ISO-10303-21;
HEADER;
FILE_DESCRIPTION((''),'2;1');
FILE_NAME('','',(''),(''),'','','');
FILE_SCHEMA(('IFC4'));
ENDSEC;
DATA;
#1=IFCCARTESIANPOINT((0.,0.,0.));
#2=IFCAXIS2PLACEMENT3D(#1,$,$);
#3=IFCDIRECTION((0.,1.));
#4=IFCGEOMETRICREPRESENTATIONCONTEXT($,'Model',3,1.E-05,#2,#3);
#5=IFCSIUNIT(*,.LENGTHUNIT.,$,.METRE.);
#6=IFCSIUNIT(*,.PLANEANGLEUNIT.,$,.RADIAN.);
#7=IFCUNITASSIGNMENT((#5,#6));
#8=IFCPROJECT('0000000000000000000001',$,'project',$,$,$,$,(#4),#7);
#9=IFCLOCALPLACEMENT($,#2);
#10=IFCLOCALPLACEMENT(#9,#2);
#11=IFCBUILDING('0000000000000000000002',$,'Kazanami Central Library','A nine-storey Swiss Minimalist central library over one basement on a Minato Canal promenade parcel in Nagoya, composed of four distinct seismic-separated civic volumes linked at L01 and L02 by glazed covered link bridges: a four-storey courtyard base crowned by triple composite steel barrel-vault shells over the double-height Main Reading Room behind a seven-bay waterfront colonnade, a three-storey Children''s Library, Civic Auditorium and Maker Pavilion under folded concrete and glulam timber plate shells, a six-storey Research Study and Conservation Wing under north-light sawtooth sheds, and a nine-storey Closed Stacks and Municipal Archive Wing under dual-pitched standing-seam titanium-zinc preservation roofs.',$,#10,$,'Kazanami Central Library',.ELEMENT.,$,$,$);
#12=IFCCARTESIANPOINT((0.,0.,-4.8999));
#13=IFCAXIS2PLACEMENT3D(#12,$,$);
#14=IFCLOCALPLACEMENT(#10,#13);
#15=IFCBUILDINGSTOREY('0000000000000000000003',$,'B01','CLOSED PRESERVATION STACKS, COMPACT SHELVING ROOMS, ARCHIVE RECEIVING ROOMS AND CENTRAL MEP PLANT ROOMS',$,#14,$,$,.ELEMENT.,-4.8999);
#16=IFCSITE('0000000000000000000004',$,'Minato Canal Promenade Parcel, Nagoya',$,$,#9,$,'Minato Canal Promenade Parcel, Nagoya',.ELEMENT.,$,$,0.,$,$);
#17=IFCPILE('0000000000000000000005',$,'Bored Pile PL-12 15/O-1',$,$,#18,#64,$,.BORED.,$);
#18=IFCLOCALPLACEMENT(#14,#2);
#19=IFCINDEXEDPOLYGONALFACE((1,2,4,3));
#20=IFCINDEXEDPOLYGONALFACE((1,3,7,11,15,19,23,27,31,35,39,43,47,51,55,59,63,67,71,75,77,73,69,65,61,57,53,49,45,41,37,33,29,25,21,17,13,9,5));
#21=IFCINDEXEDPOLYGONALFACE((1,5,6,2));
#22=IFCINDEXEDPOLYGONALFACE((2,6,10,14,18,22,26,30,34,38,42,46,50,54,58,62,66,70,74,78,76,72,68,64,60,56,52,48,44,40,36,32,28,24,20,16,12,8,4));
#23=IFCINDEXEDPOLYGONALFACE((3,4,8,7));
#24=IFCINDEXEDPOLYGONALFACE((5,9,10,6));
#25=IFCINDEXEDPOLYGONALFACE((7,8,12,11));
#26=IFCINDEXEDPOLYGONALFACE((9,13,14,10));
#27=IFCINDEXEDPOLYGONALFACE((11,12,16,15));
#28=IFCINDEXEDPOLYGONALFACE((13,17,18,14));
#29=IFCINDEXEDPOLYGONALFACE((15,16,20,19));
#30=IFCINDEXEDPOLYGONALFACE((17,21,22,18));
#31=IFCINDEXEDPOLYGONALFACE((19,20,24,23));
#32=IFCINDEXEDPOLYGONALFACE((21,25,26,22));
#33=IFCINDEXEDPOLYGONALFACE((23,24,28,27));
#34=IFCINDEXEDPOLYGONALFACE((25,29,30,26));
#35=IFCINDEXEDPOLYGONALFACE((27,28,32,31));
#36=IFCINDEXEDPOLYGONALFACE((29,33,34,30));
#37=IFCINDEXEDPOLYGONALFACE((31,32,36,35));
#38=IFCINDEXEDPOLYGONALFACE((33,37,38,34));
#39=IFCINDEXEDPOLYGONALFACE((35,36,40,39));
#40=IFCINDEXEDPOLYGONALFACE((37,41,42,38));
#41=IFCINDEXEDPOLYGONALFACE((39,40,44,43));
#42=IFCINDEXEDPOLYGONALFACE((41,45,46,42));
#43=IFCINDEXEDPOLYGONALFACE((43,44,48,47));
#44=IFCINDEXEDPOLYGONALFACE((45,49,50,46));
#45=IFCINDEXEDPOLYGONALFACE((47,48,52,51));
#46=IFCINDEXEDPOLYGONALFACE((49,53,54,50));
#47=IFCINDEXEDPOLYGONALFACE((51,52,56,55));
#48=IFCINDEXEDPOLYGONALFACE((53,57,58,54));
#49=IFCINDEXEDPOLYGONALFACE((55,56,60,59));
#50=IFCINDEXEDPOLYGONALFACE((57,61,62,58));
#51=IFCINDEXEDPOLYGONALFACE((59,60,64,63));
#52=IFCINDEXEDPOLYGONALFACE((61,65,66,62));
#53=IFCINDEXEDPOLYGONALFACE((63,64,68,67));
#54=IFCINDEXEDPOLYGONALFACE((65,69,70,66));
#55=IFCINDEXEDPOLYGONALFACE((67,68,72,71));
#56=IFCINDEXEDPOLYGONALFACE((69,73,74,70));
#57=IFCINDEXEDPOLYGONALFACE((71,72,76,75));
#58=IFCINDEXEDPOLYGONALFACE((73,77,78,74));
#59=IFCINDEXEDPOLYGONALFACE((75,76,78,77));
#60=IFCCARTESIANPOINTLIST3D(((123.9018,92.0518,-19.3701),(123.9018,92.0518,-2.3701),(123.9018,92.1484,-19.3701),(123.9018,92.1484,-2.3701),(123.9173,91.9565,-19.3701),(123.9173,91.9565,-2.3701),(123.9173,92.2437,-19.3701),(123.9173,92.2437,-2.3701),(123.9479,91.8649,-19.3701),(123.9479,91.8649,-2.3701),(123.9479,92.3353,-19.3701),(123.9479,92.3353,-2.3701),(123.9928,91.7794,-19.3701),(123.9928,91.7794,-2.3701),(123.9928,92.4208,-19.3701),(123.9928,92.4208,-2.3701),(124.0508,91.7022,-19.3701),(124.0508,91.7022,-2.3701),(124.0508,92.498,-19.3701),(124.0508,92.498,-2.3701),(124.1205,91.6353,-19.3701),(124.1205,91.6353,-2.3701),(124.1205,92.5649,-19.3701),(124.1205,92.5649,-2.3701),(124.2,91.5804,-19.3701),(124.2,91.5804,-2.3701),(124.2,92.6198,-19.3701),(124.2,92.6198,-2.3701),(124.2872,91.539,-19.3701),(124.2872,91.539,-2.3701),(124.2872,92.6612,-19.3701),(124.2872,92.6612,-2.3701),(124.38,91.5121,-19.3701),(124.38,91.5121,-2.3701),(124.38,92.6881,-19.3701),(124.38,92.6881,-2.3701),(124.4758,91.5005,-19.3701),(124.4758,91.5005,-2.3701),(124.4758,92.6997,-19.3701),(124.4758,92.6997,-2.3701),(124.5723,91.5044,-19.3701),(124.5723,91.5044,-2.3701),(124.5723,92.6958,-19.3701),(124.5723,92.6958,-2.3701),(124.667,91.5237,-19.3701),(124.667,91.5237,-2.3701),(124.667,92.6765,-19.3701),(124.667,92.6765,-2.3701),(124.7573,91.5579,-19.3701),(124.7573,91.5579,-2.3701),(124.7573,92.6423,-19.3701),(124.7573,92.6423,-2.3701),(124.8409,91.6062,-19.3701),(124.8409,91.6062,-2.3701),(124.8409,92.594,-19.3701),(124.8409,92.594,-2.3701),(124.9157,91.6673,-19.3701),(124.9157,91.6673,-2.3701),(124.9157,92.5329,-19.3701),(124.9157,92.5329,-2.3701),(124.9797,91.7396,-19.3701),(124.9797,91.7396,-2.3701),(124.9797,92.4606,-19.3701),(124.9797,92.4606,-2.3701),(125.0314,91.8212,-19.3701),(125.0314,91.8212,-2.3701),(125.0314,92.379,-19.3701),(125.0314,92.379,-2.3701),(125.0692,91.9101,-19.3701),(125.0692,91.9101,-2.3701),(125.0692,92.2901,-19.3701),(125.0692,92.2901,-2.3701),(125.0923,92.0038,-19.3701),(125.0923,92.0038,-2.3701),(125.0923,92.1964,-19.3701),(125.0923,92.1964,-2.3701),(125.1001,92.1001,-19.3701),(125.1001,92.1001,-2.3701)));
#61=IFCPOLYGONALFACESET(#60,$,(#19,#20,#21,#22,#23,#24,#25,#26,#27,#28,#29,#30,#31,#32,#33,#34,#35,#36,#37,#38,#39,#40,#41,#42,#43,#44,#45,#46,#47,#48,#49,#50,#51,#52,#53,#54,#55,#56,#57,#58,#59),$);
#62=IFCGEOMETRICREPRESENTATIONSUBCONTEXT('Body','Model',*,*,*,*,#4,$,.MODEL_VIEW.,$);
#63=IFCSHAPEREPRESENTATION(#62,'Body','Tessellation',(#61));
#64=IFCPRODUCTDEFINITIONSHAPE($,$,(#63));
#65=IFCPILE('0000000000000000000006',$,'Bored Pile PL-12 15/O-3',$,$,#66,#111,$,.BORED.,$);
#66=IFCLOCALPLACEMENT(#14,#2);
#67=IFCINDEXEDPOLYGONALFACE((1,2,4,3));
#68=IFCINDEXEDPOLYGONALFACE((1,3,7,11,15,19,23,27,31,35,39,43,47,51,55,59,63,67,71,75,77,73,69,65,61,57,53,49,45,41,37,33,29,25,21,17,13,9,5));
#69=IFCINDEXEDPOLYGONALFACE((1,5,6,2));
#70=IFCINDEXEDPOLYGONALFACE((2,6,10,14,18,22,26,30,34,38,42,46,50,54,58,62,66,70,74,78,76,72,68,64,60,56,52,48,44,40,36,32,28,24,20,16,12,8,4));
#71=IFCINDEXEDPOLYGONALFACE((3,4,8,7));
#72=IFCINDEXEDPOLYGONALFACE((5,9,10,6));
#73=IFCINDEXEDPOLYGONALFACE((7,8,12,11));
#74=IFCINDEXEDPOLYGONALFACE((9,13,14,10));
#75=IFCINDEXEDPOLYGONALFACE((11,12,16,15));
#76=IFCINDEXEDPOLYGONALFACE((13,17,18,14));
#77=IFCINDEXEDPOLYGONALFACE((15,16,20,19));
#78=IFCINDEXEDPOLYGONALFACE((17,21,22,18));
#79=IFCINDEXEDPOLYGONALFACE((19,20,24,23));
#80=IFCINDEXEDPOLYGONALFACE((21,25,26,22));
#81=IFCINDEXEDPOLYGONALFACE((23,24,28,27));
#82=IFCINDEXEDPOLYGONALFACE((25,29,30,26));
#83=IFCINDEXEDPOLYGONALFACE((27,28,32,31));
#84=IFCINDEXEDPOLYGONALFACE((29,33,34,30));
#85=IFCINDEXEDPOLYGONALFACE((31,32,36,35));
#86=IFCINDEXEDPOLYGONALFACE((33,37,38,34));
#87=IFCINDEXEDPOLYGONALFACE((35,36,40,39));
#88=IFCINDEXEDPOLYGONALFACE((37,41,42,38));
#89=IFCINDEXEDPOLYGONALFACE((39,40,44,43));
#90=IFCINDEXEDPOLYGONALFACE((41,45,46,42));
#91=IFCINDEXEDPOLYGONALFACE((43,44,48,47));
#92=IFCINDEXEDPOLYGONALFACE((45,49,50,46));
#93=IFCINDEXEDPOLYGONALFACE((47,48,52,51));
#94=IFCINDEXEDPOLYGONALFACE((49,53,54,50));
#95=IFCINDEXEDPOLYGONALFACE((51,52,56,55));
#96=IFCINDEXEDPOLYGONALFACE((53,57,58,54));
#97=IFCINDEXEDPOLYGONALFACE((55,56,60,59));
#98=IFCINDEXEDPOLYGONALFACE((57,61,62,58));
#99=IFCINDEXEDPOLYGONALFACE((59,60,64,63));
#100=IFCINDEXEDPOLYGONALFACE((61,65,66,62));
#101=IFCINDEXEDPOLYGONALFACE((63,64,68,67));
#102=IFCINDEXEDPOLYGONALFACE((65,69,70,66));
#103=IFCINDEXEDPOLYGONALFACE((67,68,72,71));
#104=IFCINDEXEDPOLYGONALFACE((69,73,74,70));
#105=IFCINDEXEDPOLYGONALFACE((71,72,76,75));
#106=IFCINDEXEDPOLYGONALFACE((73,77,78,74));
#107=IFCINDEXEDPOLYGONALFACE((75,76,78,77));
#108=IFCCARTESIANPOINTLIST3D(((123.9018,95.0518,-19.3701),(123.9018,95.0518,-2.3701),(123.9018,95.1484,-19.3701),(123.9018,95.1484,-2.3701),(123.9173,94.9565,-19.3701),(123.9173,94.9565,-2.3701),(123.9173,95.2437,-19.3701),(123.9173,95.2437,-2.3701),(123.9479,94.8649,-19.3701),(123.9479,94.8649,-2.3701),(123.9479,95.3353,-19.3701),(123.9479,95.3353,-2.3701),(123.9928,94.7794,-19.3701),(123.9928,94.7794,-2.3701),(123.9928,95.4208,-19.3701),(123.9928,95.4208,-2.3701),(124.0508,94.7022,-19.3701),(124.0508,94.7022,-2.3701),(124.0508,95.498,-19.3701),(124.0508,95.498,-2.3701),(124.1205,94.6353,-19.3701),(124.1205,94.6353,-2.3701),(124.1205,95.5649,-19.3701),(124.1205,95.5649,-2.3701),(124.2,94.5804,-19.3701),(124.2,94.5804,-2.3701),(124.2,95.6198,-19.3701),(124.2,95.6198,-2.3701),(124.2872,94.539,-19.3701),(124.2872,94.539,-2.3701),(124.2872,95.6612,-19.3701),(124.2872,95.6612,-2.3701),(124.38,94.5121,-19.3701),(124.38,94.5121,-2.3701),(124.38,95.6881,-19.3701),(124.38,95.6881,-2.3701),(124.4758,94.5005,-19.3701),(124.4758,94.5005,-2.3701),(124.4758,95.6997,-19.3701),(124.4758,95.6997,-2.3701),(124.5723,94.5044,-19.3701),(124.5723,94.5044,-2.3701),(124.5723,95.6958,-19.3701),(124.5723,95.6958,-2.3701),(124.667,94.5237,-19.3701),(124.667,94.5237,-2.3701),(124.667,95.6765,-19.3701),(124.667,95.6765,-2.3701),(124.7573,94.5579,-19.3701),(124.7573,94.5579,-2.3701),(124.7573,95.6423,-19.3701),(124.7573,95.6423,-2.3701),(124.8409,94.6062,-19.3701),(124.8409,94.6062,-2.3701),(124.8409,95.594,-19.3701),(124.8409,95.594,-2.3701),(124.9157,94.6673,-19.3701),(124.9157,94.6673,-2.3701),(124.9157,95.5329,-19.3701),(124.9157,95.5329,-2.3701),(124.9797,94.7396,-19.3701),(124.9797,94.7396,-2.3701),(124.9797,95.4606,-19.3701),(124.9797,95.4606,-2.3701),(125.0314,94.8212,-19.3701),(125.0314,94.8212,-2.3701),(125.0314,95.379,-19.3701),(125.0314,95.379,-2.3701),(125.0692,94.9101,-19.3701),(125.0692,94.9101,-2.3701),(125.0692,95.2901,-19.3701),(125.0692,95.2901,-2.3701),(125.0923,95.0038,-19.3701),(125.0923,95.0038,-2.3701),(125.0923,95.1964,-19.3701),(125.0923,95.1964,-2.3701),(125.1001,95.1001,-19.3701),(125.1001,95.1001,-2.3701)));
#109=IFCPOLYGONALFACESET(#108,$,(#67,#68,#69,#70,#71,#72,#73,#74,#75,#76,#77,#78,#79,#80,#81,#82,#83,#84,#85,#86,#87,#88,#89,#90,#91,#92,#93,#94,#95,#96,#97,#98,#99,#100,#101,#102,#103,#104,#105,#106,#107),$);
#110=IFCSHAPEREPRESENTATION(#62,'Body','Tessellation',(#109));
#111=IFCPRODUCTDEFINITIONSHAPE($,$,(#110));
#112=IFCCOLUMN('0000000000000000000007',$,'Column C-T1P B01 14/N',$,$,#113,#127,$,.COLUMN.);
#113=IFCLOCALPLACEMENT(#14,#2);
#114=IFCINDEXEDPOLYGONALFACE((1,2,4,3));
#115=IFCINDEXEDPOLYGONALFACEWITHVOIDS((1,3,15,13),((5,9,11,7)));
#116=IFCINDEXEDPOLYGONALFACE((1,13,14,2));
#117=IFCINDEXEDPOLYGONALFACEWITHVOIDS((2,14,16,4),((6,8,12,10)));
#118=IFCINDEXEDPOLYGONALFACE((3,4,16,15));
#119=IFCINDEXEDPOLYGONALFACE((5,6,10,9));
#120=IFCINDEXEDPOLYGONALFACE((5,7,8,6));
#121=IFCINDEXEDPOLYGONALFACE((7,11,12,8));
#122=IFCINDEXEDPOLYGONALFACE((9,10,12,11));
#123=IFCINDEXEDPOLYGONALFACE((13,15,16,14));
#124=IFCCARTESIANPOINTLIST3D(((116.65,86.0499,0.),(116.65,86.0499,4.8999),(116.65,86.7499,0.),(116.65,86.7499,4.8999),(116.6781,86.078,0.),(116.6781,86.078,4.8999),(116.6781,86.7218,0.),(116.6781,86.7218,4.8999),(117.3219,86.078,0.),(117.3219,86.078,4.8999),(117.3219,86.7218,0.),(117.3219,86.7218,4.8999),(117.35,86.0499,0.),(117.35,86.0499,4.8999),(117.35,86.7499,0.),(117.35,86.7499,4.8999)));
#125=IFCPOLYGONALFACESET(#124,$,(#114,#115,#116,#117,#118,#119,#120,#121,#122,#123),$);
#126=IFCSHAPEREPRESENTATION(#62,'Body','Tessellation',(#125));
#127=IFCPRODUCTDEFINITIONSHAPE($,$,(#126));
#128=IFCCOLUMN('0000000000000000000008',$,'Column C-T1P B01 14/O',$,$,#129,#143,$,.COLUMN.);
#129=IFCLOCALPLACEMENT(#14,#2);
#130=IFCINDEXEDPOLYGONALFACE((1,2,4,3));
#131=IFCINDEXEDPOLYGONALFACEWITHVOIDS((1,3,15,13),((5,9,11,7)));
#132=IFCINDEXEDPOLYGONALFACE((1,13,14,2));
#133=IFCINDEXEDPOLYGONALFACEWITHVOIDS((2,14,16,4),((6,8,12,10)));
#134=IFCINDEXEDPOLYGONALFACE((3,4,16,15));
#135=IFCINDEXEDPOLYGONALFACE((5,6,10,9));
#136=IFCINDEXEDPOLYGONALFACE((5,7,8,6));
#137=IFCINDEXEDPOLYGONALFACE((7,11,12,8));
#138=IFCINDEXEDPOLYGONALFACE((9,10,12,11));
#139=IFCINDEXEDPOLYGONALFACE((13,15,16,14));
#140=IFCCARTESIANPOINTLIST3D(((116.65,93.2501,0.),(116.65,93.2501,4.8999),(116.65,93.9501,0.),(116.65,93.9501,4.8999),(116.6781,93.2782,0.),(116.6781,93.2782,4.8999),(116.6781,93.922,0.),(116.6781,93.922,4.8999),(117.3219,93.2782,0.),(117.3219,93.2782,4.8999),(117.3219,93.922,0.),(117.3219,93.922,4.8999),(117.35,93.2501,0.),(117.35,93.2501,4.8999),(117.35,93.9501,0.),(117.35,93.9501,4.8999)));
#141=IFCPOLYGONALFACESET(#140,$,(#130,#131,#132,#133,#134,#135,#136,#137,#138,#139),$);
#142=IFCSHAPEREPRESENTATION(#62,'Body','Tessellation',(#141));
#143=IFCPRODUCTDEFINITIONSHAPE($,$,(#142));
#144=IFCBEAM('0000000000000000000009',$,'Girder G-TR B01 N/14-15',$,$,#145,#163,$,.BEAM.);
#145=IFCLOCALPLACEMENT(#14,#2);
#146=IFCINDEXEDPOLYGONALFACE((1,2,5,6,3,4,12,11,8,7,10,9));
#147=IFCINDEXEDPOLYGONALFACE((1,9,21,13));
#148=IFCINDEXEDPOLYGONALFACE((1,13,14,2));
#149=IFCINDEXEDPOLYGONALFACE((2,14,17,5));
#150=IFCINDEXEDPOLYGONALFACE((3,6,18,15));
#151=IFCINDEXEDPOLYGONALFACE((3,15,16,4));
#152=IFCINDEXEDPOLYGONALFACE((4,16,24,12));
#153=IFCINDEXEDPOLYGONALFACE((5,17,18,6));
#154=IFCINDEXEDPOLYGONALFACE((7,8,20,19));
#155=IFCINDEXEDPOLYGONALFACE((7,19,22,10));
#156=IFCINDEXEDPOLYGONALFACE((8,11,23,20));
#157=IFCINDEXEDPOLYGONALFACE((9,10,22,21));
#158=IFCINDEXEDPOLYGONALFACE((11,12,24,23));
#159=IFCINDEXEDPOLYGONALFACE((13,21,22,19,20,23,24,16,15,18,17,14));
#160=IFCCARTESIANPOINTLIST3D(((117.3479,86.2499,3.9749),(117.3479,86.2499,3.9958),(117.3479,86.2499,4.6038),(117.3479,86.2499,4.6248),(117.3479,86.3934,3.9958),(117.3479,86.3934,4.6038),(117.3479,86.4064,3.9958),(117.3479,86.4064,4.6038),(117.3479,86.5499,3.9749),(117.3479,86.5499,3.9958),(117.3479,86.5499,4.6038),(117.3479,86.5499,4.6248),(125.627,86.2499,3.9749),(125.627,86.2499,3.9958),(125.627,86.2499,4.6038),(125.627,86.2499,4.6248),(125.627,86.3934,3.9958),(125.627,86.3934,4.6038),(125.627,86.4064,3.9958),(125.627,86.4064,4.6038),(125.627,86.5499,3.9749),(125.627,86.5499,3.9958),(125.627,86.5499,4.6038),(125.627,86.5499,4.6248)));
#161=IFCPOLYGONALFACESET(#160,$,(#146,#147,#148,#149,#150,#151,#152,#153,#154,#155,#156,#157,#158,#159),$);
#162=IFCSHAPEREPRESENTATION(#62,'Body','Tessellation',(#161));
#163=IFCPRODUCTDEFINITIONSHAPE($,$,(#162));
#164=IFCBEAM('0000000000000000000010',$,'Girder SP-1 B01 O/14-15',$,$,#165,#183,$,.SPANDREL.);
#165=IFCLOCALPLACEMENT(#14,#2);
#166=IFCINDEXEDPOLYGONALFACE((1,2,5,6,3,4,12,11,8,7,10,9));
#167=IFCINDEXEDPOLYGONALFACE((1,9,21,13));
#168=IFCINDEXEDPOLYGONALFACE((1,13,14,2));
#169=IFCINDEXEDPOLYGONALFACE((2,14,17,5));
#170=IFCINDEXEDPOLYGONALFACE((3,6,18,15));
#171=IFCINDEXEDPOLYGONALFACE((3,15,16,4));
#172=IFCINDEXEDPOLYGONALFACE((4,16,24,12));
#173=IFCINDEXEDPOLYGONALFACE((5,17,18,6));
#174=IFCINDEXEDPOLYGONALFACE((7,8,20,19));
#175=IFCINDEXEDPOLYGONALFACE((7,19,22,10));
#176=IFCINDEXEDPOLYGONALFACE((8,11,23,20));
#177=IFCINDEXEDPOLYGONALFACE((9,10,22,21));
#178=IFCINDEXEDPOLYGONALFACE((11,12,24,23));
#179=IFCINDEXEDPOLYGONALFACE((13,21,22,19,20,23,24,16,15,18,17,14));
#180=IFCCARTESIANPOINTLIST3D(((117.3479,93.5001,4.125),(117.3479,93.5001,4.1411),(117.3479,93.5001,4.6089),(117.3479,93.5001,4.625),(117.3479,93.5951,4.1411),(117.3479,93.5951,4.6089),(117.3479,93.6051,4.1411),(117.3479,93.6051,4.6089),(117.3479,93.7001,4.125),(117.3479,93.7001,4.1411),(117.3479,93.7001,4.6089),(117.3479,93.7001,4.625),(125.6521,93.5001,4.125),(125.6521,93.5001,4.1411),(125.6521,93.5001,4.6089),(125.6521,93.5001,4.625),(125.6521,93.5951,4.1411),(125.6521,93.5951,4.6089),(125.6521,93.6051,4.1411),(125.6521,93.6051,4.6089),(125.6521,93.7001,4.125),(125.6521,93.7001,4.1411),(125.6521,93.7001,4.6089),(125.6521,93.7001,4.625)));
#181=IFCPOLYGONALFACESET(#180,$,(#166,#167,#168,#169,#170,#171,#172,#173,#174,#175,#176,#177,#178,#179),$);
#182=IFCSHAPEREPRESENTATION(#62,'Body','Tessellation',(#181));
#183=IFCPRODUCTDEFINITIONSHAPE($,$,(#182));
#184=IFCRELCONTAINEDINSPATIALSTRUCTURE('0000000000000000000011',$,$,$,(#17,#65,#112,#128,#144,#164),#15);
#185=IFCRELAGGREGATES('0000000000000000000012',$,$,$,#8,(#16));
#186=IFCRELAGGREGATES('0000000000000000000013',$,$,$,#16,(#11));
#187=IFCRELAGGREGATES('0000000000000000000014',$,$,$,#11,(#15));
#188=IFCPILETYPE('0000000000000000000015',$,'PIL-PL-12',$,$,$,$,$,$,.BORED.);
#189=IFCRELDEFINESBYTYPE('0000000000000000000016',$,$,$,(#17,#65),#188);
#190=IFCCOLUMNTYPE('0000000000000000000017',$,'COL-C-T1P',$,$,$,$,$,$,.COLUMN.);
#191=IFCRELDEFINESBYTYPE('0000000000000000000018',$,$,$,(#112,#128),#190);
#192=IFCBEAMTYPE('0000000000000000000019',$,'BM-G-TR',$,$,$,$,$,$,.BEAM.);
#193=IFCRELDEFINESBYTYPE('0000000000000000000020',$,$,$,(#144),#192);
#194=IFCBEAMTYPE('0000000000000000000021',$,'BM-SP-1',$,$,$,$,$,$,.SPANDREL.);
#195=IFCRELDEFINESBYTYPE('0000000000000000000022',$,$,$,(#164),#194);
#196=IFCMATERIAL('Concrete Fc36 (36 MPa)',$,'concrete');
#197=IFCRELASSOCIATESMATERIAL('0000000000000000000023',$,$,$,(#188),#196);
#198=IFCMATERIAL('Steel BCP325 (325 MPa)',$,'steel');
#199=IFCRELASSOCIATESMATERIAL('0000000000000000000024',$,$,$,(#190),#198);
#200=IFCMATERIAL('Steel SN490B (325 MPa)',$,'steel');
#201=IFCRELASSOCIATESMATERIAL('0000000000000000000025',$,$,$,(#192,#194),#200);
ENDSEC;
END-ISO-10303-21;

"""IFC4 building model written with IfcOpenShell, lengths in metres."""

from ifc_helpers import new_model, si_unit, direction, frame, origin, origin_2d, place, context, subcontext, project, spatial, hollow_rectangle, circle, i_section, extrude, material, material_profile, profile_set, type_object, element, save


model = new_model("IFC4")

# Units and contexts
model_context = context("Model", 3, precision=1e-05, world=origin(), true_north=direction((0.0, 1.0)))
body_context = subcontext(model_context, "Body", "Model", "MODEL_VIEW")
ifc_project = project(units=[si_unit("LENGTHUNIT", "METRE"), si_unit("PLANEANGLEUNIT", "RADIAN")], contexts=[model_context])

# Site, building, storey
site_placement = place(None, origin())
site = spatial("IfcSite", under=ifc_project, at=site_placement, Name="Minato Canal Promenade Parcel, Nagoya", LongName="Minato Canal Promenade Parcel, Nagoya", CompositionType="ELEMENT", RefElevation=0.0)
building_placement = place(site_placement, origin())
building = spatial("IfcBuilding", under=site, at=building_placement, Name="Kazanami Central Library", Description="A nine-storey Swiss Minimalist central library over one basement on a Minato Canal promenade parcel in Nagoya, composed of four distinct seismic-separated civic volumes linked at L01 and L02 by glazed covered link bridges: a four-storey courtyard base crowned by triple composite steel barrel-vault shells over the double-height Main Reading Room behind a seven-bay waterfront colonnade, a three-storey Children's Library, Civic Auditorium and Maker Pavilion under folded concrete and glulam timber plate shells, a six-storey Research Study and Conservation Wing under north-light sawtooth sheds, and a nine-storey Closed Stacks and Municipal Archive Wing under dual-pitched standing-seam titanium-zinc preservation roofs.", LongName="Kazanami Central Library", CompositionType="ELEMENT")
storey_placement = place(building_placement, frame((0.0, 0.0, -4.8999)))
storey = spatial("IfcBuildingStorey", under=building, at=storey_placement, Name="B01", Description="CLOSED PRESERVATION STACKS, COMPACT SHELVING ROOMS, ARCHIVE RECEIVING ROOMS AND CENTRAL MEP PLANT ROOMS", CompositionType="ELEMENT", Elevation=-4.8999)

# Shared definitions
ifc_material_1 = material(Name="Concrete Fc36 (36 MPa)", Category="concrete")

# Piles
ifc_material_profile_1 = material_profile(ifc_material_1, circle(Radius=0.6001, at=origin_2d()), Name="BORED-D1200")
ifc_profile_set_1 = profile_set([ifc_material_profile_1], Name="Concrete Fc36 (36 MPa)")
pile_type = type_object("IfcPileType", Name="PIL-PL-12", PredefinedType="BORED", material=ifc_profile_set_1)
for number, where, z_axis, x_axis, name in (
    (1, (124.5, 92.1001, -2.3701), (0.0, 0.0, -1.0), (1.0, 0.0, 0.0), "Bored Pile PL-12 15/O-1"),
    (2, (124.5, 95.1001, -2.3701), (0.0, 0.0, -1.0), (1.0, 0.0, 0.0), "Bored Pile PL-12 15/O-3"),
):
    element("IfcPile", number, at=place(storey_placement, frame(where, z_axis=z_axis, x_axis=x_axis)), inside=storey, type_object=pile_type, Name=name, PredefinedType="BORED", context=body_context, shape_type="SweptSolid", body=[
        extrude(circle(Radius=0.6001, at=origin_2d()), origin(), (0.0, 0.0, 1.0), 17.0),
    ])

# Columns
ifc_material_2 = material(Name="Steel BCP325 (325 MPa)", Category="steel")
ifc_material_profile_2 = material_profile(ifc_material_2, hollow_rectangle(XDim=0.7, YDim=0.7, WallThickness=0.0281, at=origin_2d()), Name="BCP-700x700x28")
ifc_profile_set_2 = profile_set([ifc_material_profile_2], Name="Steel BCP325 (325 MPa)")
column_type = type_object("IfcColumnType", Name="COL-C-T1P", PredefinedType="COLUMN", material=ifc_profile_set_2)
for number, where, z_axis, x_axis, name in (
    (3, (117.0, 86.3999, 0.0), (0.0, 0.0, 1.0), (1.0, 0.0, 0.0), "Column C-T1P B01 14/N"),
    (4, (117.0, 93.6001, 0.0), (0.0, 0.0, 1.0), (1.0, 0.0, 0.0), "Column C-T1P B01 14/O"),
):
    element("IfcColumn", number, at=place(storey_placement, frame(where, z_axis=z_axis, x_axis=x_axis)), inside=storey, type_object=column_type, Name=name, PredefinedType="COLUMN", context=body_context, shape_type="SweptSolid", body=[
        extrude(hollow_rectangle(XDim=0.7, YDim=0.7, WallThickness=0.0281, at=origin_2d()), origin(), (0.0, 0.0, 1.0), 4.8999),
    ])

# Beams
ifc_material_3 = material(Name="Steel SN490B (325 MPa)", Category="steel")
ifc_material_profile_3 = material_profile(ifc_material_3, i_section(OverallWidth=0.3, OverallDepth=0.6499, WebThickness=0.0129, FlangeThickness=0.021, at=origin_2d()), Name="H-650x300x13x21")
ifc_profile_set_3 = profile_set([ifc_material_profile_3], Name="Steel SN490B (325 MPa)")
beam_type_1 = type_object("IfcBeamType", Name="BM-G-TR", PredefinedType="BEAM", material=ifc_profile_set_3)
beam_1_placement = place(storey_placement, frame((117.3479, 86.3999, 4.2998), z_axis=(1.0, 0.0, 0.0), x_axis=(0.0, 1.0, 0.0)))
element("IfcBeam", 5, at=beam_1_placement, inside=storey, type_object=beam_type_1, Name="Girder G-TR B01 N/14-15", PredefinedType="BEAM", context=body_context, shape_type="SweptSolid", body=[
    extrude(i_section(OverallWidth=0.3, OverallDepth=0.6499, WebThickness=0.0129, FlangeThickness=0.021, at=origin_2d()), origin(), (0.0, 0.0, 1.0), 8.2791),
])
ifc_material_profile_4 = material_profile(ifc_material_3, i_section(OverallWidth=0.2, OverallDepth=0.5, WebThickness=0.01, FlangeThickness=0.0161, at=origin_2d()), Name="H-500x200x10x16")
ifc_profile_set_4 = profile_set([ifc_material_profile_4], Name="Steel SN490B (325 MPa)")
beam_type_2 = type_object("IfcBeamType", Name="BM-SP-1", PredefinedType="SPANDREL", material=ifc_profile_set_4)
beam_2_placement = place(storey_placement, frame((117.3479, 93.6001, 4.375), z_axis=(1.0, 0.0, 0.0), x_axis=(0.0, 1.0, 0.0)))
element("IfcBeam", 6, at=beam_2_placement, inside=storey, type_object=beam_type_2, Name="Girder SP-1 B01 O/14-15", PredefinedType="SPANDREL", context=body_context, shape_type="SweptSolid", body=[
    extrude(i_section(OverallWidth=0.2, OverallDepth=0.5, WebThickness=0.01, FlangeThickness=0.0161, at=origin_2d()), origin(), (0.0, 0.0, 1.0), 8.3042),
])

save(model, "model.ifc")
